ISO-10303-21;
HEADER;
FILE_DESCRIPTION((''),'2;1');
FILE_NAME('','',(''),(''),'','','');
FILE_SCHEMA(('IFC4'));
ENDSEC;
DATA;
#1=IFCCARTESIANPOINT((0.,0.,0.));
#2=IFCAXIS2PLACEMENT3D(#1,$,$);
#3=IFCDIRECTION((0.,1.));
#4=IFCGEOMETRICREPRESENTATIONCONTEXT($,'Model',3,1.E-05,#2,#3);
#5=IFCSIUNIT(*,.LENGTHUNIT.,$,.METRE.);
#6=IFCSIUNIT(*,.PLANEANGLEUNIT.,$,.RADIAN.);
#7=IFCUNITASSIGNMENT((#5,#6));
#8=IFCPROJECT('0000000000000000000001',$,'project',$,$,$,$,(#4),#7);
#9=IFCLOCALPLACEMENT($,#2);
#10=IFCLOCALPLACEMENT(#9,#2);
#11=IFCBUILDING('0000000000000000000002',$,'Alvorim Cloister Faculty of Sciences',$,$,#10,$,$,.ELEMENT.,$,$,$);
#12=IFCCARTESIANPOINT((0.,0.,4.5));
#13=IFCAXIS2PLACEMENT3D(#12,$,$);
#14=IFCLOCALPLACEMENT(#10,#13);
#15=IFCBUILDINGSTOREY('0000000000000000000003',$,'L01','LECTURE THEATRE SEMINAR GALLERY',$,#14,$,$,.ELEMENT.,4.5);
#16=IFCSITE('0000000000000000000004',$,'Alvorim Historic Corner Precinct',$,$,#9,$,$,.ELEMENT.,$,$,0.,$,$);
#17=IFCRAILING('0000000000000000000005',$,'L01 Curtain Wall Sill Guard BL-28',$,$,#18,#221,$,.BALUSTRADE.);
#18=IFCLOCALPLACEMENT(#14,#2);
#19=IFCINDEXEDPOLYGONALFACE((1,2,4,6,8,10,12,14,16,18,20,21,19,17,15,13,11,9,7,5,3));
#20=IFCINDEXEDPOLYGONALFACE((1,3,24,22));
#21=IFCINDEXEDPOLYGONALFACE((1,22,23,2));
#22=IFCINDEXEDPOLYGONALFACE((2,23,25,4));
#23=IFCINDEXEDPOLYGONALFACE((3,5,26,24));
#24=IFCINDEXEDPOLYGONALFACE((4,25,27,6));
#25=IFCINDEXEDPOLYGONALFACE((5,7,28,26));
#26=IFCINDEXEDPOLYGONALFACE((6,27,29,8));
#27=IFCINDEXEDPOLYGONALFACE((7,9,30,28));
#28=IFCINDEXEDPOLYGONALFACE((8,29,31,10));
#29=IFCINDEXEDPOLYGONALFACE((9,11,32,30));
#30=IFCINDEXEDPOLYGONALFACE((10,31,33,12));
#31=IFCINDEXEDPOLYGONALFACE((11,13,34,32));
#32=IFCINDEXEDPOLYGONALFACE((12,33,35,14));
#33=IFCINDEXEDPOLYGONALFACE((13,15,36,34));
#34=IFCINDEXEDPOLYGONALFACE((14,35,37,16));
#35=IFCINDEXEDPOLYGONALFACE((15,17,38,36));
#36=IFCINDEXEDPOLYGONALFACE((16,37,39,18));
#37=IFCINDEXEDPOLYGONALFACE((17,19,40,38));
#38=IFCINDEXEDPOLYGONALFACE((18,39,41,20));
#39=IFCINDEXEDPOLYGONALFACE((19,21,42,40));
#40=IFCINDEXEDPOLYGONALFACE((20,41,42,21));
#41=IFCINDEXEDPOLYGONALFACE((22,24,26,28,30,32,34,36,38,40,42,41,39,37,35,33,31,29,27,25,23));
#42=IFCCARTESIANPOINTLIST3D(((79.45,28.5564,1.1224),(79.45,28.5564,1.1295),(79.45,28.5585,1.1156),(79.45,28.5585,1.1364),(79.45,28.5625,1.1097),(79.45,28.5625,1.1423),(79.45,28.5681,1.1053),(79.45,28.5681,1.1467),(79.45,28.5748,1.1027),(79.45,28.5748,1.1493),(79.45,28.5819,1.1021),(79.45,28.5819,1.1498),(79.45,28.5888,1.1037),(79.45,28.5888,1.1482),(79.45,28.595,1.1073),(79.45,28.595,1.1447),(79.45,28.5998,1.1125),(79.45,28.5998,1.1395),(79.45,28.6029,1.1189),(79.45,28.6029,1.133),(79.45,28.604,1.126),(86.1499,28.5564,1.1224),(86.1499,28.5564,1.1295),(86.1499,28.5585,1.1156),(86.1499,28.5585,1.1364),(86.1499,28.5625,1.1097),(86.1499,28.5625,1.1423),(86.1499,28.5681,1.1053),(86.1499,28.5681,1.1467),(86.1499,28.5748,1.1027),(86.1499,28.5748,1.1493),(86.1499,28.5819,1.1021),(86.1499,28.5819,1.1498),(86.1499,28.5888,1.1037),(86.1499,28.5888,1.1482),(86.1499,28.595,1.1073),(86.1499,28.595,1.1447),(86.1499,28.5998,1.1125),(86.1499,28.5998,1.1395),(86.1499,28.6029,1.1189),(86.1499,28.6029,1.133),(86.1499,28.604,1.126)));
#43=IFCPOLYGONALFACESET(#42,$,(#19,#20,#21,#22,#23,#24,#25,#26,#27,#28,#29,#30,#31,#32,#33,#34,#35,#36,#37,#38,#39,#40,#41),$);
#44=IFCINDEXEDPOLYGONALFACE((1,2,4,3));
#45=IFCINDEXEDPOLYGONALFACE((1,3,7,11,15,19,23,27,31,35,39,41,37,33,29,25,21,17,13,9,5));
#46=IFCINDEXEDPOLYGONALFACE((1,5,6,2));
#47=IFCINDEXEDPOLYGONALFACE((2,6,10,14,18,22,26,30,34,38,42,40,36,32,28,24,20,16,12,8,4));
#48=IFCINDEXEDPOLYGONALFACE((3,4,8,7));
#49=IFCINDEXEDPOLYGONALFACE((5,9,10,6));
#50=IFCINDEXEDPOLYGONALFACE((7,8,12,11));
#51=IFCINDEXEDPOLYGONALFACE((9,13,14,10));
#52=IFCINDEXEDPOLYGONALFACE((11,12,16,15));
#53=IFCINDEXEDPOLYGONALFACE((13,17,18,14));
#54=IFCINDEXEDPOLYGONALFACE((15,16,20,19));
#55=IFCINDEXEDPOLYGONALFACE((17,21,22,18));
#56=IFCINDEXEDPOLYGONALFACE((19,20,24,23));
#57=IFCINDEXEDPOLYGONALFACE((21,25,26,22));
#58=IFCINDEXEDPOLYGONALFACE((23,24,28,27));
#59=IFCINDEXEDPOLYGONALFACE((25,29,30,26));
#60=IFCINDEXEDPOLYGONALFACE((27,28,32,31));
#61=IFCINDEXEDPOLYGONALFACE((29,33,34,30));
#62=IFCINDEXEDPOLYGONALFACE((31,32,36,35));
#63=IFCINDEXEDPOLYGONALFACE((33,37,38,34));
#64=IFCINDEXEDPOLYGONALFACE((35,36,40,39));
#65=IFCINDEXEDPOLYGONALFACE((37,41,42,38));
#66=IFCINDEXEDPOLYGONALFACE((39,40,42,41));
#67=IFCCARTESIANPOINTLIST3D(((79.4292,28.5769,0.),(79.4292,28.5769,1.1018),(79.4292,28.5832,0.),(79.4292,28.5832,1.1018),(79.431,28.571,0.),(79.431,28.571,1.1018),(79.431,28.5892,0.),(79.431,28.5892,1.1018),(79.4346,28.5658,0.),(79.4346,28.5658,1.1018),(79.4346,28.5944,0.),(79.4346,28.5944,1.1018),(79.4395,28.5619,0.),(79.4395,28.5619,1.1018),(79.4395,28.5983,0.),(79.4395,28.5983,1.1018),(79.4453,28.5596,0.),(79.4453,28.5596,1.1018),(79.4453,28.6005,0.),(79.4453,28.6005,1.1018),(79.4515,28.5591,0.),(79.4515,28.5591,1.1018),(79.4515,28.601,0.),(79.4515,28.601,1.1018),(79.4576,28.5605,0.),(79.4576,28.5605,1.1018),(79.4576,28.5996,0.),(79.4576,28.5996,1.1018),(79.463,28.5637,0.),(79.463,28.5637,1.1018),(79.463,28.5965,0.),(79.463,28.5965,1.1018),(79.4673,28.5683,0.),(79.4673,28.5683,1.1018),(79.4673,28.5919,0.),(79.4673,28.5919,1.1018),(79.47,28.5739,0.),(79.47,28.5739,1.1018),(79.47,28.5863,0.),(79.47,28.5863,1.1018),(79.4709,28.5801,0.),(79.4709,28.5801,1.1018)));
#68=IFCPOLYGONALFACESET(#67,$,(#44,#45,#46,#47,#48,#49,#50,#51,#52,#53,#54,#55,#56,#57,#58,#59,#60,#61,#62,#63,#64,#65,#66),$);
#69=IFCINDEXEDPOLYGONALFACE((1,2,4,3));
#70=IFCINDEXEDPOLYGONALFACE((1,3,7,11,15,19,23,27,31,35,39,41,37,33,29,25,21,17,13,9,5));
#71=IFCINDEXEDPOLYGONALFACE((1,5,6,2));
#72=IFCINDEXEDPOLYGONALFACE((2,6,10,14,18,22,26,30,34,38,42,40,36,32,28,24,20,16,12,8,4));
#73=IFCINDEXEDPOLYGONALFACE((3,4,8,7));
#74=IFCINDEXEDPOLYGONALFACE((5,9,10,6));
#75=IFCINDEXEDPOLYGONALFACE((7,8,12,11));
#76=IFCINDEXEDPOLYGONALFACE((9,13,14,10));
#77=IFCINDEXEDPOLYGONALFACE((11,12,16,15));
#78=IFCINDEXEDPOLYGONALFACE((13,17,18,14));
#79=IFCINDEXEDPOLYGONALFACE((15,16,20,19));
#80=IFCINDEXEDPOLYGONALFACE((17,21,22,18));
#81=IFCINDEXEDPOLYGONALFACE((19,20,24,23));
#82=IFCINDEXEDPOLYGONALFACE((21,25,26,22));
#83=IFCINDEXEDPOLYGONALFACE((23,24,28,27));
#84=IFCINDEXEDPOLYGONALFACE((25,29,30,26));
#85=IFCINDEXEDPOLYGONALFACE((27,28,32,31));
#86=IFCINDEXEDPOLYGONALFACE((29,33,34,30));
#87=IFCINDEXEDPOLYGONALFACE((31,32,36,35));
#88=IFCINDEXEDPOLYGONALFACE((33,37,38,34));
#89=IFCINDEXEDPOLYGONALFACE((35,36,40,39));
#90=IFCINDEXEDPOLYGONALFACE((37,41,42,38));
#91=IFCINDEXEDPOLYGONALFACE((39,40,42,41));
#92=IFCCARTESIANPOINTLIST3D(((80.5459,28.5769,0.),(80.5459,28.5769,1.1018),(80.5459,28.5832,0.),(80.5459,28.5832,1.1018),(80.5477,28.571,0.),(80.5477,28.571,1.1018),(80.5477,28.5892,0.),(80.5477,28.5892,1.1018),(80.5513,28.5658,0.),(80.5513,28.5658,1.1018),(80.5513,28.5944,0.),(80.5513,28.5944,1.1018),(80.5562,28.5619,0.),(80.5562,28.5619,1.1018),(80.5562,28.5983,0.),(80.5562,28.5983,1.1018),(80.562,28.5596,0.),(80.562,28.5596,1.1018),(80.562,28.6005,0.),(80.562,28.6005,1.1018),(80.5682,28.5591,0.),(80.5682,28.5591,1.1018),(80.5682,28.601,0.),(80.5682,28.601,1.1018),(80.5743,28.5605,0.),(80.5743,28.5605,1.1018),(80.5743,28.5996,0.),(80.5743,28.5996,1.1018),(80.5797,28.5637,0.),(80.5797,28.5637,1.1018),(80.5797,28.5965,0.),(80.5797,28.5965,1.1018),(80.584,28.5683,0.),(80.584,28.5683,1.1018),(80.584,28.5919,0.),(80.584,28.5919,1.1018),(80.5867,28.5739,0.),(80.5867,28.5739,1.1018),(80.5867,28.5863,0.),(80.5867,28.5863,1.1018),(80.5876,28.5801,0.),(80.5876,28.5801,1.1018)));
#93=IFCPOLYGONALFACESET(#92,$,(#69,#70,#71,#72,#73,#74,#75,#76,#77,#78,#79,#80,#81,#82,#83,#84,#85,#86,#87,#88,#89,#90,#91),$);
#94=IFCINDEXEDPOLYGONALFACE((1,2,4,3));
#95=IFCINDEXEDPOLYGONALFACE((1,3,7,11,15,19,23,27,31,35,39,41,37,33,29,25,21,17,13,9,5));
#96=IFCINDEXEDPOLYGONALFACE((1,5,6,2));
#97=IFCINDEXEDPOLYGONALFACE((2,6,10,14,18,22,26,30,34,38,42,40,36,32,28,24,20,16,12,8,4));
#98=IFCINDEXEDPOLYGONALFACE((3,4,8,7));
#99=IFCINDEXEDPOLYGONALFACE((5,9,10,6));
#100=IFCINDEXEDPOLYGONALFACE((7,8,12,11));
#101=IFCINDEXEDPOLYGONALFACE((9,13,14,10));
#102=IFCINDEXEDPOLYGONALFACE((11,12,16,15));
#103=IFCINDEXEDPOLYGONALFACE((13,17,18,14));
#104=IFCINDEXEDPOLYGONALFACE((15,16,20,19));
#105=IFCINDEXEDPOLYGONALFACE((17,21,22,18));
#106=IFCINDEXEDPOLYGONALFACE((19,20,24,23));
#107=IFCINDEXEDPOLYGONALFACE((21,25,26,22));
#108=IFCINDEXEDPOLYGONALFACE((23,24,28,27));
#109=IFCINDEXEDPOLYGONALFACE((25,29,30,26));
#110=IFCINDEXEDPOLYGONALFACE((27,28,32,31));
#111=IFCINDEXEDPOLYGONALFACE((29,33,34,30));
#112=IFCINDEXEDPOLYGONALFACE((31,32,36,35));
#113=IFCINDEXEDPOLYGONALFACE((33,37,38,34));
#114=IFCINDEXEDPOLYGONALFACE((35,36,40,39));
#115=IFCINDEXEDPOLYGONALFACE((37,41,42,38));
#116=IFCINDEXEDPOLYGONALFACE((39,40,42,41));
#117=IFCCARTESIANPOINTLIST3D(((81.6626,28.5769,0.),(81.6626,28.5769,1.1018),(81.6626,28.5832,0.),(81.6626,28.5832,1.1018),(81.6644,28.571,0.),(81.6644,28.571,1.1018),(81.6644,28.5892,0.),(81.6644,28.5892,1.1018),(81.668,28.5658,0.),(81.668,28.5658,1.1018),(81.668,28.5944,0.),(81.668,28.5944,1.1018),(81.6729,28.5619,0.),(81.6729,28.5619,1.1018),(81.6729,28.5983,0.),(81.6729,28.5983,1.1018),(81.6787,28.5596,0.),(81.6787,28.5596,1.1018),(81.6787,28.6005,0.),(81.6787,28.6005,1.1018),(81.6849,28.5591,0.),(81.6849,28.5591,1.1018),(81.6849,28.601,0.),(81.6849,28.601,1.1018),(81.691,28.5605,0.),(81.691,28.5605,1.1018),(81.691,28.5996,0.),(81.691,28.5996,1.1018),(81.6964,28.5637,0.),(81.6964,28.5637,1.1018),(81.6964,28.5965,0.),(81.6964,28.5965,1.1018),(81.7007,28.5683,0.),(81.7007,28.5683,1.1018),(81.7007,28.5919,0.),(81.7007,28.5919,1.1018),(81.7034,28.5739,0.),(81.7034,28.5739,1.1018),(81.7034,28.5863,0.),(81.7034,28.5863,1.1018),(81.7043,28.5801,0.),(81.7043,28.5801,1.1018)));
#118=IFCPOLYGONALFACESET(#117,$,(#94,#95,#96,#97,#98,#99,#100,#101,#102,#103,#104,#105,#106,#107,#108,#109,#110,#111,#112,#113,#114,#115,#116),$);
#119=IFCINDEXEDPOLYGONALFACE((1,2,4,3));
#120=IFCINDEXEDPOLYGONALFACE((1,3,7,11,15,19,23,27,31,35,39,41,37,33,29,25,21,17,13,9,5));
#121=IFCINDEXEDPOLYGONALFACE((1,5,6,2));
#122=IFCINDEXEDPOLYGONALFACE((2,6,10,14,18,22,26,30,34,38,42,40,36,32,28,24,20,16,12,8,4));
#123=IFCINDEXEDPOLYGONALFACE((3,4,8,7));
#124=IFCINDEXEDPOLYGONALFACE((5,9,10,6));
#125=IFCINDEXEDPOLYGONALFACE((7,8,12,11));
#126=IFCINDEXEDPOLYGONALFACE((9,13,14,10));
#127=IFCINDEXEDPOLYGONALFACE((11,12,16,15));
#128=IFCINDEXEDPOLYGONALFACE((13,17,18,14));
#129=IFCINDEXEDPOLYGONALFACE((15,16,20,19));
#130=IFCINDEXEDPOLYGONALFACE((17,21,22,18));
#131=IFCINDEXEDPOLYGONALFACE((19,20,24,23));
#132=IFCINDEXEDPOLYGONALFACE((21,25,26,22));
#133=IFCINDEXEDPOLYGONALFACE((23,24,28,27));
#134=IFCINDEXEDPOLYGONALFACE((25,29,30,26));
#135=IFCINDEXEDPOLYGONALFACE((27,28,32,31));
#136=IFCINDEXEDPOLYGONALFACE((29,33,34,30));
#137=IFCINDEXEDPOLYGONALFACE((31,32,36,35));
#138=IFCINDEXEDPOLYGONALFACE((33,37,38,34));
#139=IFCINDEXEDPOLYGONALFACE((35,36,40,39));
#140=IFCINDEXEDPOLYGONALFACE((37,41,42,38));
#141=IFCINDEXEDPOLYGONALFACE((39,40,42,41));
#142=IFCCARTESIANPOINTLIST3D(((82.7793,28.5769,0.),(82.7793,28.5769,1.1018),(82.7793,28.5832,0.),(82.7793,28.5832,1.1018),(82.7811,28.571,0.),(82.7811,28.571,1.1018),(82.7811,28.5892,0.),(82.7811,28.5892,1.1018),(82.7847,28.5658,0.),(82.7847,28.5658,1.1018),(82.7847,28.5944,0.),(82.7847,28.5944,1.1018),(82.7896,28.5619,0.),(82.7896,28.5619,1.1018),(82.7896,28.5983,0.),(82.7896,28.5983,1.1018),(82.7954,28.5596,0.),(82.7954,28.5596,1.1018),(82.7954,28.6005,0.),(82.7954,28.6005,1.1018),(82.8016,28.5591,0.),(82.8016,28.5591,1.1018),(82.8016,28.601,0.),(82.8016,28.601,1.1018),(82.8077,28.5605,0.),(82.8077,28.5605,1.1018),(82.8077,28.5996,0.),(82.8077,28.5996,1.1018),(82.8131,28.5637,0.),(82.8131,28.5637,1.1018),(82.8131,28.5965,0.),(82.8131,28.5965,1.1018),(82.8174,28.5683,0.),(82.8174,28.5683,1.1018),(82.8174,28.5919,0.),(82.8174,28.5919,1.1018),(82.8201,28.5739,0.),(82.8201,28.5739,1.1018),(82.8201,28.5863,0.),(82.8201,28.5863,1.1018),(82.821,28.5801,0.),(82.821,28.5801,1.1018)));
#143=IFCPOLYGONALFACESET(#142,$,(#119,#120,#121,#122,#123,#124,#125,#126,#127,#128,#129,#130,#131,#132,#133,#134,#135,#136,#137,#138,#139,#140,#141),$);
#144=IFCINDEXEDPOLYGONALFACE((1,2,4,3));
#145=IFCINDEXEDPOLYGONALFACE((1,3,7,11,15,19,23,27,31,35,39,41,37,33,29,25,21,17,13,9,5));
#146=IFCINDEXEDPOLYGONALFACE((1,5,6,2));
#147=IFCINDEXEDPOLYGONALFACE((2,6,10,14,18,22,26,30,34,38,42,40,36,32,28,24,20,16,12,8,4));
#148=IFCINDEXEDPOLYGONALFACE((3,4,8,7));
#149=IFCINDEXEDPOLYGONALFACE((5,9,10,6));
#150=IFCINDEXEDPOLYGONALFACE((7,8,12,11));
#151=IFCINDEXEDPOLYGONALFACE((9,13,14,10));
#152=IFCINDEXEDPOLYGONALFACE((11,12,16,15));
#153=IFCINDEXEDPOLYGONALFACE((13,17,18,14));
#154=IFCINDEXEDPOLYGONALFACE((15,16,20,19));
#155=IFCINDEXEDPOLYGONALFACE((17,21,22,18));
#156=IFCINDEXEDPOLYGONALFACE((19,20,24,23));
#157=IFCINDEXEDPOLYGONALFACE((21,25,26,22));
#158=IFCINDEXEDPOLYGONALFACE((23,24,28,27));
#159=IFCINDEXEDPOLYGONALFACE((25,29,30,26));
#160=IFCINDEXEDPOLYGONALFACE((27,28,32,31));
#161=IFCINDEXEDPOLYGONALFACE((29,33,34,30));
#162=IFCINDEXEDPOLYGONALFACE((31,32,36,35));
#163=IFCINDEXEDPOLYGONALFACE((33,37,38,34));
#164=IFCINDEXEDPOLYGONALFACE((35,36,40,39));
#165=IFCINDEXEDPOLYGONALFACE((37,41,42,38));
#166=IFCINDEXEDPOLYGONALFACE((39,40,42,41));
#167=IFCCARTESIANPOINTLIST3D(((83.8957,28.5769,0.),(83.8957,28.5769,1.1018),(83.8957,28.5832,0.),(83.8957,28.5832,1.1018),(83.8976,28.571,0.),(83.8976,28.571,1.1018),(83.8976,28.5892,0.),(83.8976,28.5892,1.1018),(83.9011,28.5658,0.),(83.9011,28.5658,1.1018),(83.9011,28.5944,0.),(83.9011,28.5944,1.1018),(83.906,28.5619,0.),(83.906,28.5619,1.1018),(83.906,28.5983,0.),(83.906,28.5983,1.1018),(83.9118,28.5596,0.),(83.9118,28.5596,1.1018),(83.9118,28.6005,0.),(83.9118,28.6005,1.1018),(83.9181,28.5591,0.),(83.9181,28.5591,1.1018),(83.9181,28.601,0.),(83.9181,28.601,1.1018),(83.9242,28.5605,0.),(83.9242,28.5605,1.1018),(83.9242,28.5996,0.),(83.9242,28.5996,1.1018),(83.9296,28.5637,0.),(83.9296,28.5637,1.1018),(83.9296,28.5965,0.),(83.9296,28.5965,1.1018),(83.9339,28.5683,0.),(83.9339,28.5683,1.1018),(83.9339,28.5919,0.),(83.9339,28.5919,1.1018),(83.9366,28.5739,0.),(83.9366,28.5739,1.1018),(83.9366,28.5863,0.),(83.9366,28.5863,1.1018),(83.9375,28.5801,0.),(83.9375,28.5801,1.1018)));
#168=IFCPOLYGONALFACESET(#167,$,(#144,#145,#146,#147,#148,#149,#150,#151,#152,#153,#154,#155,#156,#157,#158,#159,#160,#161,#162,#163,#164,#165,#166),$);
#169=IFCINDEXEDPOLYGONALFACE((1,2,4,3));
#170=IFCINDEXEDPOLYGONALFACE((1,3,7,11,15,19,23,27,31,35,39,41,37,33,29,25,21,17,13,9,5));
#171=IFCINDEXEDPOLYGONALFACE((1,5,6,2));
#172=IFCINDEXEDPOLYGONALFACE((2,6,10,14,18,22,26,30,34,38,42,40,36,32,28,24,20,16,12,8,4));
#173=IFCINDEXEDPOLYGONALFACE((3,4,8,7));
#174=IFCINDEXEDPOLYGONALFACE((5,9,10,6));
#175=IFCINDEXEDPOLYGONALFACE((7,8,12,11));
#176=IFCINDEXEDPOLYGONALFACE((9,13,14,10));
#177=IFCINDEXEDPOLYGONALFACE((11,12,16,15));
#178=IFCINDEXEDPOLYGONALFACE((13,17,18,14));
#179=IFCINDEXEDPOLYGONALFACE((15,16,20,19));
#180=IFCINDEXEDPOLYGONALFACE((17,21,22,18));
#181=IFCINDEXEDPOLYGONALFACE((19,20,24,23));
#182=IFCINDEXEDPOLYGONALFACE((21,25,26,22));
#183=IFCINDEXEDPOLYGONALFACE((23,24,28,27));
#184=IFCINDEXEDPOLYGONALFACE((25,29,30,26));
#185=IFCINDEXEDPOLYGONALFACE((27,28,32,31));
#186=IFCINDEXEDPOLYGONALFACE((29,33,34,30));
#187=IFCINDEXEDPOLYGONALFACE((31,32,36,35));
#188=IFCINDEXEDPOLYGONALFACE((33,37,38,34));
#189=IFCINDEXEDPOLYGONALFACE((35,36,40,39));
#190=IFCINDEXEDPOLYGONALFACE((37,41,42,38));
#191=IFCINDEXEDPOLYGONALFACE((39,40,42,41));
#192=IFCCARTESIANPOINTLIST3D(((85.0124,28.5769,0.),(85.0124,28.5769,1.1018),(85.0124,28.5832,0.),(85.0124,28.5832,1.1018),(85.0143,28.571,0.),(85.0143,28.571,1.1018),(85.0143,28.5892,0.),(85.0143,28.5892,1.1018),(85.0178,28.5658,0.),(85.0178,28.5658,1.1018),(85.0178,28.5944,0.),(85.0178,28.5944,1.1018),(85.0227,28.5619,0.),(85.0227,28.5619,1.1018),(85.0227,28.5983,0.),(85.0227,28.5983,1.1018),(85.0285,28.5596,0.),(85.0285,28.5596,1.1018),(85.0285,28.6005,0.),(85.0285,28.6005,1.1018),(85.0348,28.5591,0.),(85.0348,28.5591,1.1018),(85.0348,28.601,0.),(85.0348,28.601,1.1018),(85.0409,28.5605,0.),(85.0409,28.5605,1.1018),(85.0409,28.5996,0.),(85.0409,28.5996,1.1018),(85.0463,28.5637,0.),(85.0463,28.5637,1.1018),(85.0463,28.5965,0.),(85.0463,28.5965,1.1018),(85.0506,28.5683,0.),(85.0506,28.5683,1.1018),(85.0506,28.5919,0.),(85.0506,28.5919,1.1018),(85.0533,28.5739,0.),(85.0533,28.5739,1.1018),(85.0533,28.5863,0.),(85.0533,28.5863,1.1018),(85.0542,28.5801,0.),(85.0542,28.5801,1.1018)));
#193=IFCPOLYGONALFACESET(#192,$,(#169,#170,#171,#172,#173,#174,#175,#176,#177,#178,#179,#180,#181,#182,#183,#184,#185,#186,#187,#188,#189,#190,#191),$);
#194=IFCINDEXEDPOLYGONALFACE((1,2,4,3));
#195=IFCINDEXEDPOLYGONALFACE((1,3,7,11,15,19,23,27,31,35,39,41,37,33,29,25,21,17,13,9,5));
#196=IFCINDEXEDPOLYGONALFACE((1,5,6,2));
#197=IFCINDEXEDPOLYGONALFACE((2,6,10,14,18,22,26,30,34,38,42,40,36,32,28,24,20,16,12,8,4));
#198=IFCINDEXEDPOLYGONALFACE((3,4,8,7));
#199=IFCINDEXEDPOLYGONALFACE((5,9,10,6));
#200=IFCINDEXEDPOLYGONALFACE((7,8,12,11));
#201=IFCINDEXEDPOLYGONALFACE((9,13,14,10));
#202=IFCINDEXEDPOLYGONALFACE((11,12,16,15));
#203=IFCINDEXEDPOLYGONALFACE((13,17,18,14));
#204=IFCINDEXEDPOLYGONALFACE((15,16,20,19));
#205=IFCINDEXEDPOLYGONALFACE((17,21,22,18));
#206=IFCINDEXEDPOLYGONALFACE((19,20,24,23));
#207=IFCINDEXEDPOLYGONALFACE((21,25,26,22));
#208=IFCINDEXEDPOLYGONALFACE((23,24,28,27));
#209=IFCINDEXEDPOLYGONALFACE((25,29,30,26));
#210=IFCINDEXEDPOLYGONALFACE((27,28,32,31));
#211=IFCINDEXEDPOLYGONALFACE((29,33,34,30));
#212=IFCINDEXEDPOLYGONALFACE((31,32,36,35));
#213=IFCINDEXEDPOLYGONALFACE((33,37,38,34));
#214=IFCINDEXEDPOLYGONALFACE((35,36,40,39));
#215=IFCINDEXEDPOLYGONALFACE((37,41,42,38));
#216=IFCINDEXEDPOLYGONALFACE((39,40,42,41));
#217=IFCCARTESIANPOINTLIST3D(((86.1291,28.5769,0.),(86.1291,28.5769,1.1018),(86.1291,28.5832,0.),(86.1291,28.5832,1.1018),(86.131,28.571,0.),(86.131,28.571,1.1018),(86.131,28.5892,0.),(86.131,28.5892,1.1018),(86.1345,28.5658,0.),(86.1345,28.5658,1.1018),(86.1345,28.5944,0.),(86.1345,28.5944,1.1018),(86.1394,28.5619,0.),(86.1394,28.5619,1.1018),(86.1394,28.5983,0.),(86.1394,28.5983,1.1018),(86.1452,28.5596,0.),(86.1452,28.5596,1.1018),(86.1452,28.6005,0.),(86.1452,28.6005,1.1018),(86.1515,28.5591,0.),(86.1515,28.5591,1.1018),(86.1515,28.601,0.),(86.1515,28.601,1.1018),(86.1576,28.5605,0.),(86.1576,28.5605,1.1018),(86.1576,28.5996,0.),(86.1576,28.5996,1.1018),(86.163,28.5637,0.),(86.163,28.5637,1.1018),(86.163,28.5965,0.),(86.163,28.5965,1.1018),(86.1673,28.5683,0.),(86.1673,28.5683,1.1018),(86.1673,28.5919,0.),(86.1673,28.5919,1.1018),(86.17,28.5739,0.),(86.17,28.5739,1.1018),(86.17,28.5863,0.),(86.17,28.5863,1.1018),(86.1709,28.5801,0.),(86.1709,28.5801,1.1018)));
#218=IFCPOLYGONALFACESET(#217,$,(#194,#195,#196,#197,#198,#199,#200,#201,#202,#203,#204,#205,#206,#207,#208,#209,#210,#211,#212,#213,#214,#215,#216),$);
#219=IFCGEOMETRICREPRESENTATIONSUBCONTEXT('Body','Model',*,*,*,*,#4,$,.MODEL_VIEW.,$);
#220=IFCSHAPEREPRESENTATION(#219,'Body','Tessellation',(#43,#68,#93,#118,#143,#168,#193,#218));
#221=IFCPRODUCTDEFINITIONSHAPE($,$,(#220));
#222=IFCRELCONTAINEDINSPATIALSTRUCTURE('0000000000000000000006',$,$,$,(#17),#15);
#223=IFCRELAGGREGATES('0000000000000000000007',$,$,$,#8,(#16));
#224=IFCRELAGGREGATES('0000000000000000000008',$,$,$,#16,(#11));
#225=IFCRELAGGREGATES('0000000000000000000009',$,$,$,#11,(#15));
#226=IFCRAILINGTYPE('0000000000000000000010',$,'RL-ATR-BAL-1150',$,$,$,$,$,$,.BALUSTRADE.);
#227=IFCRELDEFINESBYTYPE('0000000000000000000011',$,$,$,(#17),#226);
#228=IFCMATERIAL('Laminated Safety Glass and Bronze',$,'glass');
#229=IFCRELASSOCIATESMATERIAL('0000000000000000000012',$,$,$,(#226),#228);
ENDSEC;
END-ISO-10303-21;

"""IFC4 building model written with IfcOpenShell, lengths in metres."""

from ifc_helpers import new_model, si_unit, direction, frame, origin, origin_2d, place, context, subcontext, project, spatial, circle, extrude, material, type_object, element, save


model = new_model("IFC4")

# Units and contexts
model_context = context("Model", 3, precision=1e-05, world=origin(), true_north=direction((0.0, 1.0)))
body_context = subcontext(model_context, "Body", "Model", "MODEL_VIEW")
ifc_project = project(units=[si_unit("LENGTHUNIT", "METRE"), si_unit("PLANEANGLEUNIT", "RADIAN")], contexts=[model_context])

# Site, building, storey
site_placement = place(None, origin())
site = spatial("IfcSite", under=ifc_project, at=site_placement, Name="Alvorim Historic Corner Precinct", CompositionType="ELEMENT", RefElevation=0.0)
building_placement = place(site_placement, origin())
building = spatial("IfcBuilding", under=site, at=building_placement, Name="Alvorim Cloister Faculty of Sciences", CompositionType="ELEMENT")
storey_placement = place(building_placement, frame((0.0, 0.0, 4.5)))
storey = spatial("IfcBuildingStorey", under=building, at=storey_placement, Name="L01", Description="LECTURE THEATRE SEMINAR GALLERY", CompositionType="ELEMENT", Elevation=4.5)

# Railing
ifc_material_1 = material(Name="Laminated Safety Glass and Bronze", Category="glass")
railing_type = type_object("IfcRailingType", Name="RL-ATR-BAL-1150", PredefinedType="BALUSTRADE", material=ifc_material_1)
railing_placement = place(storey_placement, frame((79.45, 28.5801, 0.0)))
element("IfcRailing", 1, at=railing_placement, inside=storey, type_object=railing_type, Name="L01 Curtain Wall Sill Guard BL-28", PredefinedType="BALUSTRADE", context=body_context, shape_type="SweptSolid", body=[
    extrude(circle(Radius=0.0239, at=origin_2d()), frame((0.0, 0.0, 1.126), z_axis=(1.0, 0.0, 0.0), x_axis=(0.0, 1.0, 0.0)), (0.0, 0.0, 1.0), 6.7),
    extrude(circle(Radius=0.021, at=origin_2d()), origin(), (0.0, 0.0, 1.0), 1.1018),
    extrude(circle(Radius=0.021, at=origin_2d()), frame((1.1167, 0.0, 0.0)), (0.0, 0.0, 1.0), 1.1018),
    extrude(circle(Radius=0.021, at=origin_2d()), frame((2.2334, 0.0, 0.0)), (0.0, 0.0, 1.0), 1.1018),
    extrude(circle(Radius=0.021, at=origin_2d()), frame((3.3501, 0.0, 0.0)), (0.0, 0.0, 1.0), 1.1018),
    extrude(circle(Radius=0.021, at=origin_2d()), frame((4.4666, 0.0, 0.0)), (0.0, 0.0, 1.0), 1.1018),
    extrude(circle(Radius=0.021, at=origin_2d()), frame((5.5833, 0.0, 0.0)), (0.0, 0.0, 1.0), 1.1018),
    extrude(circle(Radius=0.021, at=origin_2d()), frame((6.7, 0.0, 0.0)), (0.0, 0.0, 1.0), 1.1018),
])

save(model, "model.ifc")
